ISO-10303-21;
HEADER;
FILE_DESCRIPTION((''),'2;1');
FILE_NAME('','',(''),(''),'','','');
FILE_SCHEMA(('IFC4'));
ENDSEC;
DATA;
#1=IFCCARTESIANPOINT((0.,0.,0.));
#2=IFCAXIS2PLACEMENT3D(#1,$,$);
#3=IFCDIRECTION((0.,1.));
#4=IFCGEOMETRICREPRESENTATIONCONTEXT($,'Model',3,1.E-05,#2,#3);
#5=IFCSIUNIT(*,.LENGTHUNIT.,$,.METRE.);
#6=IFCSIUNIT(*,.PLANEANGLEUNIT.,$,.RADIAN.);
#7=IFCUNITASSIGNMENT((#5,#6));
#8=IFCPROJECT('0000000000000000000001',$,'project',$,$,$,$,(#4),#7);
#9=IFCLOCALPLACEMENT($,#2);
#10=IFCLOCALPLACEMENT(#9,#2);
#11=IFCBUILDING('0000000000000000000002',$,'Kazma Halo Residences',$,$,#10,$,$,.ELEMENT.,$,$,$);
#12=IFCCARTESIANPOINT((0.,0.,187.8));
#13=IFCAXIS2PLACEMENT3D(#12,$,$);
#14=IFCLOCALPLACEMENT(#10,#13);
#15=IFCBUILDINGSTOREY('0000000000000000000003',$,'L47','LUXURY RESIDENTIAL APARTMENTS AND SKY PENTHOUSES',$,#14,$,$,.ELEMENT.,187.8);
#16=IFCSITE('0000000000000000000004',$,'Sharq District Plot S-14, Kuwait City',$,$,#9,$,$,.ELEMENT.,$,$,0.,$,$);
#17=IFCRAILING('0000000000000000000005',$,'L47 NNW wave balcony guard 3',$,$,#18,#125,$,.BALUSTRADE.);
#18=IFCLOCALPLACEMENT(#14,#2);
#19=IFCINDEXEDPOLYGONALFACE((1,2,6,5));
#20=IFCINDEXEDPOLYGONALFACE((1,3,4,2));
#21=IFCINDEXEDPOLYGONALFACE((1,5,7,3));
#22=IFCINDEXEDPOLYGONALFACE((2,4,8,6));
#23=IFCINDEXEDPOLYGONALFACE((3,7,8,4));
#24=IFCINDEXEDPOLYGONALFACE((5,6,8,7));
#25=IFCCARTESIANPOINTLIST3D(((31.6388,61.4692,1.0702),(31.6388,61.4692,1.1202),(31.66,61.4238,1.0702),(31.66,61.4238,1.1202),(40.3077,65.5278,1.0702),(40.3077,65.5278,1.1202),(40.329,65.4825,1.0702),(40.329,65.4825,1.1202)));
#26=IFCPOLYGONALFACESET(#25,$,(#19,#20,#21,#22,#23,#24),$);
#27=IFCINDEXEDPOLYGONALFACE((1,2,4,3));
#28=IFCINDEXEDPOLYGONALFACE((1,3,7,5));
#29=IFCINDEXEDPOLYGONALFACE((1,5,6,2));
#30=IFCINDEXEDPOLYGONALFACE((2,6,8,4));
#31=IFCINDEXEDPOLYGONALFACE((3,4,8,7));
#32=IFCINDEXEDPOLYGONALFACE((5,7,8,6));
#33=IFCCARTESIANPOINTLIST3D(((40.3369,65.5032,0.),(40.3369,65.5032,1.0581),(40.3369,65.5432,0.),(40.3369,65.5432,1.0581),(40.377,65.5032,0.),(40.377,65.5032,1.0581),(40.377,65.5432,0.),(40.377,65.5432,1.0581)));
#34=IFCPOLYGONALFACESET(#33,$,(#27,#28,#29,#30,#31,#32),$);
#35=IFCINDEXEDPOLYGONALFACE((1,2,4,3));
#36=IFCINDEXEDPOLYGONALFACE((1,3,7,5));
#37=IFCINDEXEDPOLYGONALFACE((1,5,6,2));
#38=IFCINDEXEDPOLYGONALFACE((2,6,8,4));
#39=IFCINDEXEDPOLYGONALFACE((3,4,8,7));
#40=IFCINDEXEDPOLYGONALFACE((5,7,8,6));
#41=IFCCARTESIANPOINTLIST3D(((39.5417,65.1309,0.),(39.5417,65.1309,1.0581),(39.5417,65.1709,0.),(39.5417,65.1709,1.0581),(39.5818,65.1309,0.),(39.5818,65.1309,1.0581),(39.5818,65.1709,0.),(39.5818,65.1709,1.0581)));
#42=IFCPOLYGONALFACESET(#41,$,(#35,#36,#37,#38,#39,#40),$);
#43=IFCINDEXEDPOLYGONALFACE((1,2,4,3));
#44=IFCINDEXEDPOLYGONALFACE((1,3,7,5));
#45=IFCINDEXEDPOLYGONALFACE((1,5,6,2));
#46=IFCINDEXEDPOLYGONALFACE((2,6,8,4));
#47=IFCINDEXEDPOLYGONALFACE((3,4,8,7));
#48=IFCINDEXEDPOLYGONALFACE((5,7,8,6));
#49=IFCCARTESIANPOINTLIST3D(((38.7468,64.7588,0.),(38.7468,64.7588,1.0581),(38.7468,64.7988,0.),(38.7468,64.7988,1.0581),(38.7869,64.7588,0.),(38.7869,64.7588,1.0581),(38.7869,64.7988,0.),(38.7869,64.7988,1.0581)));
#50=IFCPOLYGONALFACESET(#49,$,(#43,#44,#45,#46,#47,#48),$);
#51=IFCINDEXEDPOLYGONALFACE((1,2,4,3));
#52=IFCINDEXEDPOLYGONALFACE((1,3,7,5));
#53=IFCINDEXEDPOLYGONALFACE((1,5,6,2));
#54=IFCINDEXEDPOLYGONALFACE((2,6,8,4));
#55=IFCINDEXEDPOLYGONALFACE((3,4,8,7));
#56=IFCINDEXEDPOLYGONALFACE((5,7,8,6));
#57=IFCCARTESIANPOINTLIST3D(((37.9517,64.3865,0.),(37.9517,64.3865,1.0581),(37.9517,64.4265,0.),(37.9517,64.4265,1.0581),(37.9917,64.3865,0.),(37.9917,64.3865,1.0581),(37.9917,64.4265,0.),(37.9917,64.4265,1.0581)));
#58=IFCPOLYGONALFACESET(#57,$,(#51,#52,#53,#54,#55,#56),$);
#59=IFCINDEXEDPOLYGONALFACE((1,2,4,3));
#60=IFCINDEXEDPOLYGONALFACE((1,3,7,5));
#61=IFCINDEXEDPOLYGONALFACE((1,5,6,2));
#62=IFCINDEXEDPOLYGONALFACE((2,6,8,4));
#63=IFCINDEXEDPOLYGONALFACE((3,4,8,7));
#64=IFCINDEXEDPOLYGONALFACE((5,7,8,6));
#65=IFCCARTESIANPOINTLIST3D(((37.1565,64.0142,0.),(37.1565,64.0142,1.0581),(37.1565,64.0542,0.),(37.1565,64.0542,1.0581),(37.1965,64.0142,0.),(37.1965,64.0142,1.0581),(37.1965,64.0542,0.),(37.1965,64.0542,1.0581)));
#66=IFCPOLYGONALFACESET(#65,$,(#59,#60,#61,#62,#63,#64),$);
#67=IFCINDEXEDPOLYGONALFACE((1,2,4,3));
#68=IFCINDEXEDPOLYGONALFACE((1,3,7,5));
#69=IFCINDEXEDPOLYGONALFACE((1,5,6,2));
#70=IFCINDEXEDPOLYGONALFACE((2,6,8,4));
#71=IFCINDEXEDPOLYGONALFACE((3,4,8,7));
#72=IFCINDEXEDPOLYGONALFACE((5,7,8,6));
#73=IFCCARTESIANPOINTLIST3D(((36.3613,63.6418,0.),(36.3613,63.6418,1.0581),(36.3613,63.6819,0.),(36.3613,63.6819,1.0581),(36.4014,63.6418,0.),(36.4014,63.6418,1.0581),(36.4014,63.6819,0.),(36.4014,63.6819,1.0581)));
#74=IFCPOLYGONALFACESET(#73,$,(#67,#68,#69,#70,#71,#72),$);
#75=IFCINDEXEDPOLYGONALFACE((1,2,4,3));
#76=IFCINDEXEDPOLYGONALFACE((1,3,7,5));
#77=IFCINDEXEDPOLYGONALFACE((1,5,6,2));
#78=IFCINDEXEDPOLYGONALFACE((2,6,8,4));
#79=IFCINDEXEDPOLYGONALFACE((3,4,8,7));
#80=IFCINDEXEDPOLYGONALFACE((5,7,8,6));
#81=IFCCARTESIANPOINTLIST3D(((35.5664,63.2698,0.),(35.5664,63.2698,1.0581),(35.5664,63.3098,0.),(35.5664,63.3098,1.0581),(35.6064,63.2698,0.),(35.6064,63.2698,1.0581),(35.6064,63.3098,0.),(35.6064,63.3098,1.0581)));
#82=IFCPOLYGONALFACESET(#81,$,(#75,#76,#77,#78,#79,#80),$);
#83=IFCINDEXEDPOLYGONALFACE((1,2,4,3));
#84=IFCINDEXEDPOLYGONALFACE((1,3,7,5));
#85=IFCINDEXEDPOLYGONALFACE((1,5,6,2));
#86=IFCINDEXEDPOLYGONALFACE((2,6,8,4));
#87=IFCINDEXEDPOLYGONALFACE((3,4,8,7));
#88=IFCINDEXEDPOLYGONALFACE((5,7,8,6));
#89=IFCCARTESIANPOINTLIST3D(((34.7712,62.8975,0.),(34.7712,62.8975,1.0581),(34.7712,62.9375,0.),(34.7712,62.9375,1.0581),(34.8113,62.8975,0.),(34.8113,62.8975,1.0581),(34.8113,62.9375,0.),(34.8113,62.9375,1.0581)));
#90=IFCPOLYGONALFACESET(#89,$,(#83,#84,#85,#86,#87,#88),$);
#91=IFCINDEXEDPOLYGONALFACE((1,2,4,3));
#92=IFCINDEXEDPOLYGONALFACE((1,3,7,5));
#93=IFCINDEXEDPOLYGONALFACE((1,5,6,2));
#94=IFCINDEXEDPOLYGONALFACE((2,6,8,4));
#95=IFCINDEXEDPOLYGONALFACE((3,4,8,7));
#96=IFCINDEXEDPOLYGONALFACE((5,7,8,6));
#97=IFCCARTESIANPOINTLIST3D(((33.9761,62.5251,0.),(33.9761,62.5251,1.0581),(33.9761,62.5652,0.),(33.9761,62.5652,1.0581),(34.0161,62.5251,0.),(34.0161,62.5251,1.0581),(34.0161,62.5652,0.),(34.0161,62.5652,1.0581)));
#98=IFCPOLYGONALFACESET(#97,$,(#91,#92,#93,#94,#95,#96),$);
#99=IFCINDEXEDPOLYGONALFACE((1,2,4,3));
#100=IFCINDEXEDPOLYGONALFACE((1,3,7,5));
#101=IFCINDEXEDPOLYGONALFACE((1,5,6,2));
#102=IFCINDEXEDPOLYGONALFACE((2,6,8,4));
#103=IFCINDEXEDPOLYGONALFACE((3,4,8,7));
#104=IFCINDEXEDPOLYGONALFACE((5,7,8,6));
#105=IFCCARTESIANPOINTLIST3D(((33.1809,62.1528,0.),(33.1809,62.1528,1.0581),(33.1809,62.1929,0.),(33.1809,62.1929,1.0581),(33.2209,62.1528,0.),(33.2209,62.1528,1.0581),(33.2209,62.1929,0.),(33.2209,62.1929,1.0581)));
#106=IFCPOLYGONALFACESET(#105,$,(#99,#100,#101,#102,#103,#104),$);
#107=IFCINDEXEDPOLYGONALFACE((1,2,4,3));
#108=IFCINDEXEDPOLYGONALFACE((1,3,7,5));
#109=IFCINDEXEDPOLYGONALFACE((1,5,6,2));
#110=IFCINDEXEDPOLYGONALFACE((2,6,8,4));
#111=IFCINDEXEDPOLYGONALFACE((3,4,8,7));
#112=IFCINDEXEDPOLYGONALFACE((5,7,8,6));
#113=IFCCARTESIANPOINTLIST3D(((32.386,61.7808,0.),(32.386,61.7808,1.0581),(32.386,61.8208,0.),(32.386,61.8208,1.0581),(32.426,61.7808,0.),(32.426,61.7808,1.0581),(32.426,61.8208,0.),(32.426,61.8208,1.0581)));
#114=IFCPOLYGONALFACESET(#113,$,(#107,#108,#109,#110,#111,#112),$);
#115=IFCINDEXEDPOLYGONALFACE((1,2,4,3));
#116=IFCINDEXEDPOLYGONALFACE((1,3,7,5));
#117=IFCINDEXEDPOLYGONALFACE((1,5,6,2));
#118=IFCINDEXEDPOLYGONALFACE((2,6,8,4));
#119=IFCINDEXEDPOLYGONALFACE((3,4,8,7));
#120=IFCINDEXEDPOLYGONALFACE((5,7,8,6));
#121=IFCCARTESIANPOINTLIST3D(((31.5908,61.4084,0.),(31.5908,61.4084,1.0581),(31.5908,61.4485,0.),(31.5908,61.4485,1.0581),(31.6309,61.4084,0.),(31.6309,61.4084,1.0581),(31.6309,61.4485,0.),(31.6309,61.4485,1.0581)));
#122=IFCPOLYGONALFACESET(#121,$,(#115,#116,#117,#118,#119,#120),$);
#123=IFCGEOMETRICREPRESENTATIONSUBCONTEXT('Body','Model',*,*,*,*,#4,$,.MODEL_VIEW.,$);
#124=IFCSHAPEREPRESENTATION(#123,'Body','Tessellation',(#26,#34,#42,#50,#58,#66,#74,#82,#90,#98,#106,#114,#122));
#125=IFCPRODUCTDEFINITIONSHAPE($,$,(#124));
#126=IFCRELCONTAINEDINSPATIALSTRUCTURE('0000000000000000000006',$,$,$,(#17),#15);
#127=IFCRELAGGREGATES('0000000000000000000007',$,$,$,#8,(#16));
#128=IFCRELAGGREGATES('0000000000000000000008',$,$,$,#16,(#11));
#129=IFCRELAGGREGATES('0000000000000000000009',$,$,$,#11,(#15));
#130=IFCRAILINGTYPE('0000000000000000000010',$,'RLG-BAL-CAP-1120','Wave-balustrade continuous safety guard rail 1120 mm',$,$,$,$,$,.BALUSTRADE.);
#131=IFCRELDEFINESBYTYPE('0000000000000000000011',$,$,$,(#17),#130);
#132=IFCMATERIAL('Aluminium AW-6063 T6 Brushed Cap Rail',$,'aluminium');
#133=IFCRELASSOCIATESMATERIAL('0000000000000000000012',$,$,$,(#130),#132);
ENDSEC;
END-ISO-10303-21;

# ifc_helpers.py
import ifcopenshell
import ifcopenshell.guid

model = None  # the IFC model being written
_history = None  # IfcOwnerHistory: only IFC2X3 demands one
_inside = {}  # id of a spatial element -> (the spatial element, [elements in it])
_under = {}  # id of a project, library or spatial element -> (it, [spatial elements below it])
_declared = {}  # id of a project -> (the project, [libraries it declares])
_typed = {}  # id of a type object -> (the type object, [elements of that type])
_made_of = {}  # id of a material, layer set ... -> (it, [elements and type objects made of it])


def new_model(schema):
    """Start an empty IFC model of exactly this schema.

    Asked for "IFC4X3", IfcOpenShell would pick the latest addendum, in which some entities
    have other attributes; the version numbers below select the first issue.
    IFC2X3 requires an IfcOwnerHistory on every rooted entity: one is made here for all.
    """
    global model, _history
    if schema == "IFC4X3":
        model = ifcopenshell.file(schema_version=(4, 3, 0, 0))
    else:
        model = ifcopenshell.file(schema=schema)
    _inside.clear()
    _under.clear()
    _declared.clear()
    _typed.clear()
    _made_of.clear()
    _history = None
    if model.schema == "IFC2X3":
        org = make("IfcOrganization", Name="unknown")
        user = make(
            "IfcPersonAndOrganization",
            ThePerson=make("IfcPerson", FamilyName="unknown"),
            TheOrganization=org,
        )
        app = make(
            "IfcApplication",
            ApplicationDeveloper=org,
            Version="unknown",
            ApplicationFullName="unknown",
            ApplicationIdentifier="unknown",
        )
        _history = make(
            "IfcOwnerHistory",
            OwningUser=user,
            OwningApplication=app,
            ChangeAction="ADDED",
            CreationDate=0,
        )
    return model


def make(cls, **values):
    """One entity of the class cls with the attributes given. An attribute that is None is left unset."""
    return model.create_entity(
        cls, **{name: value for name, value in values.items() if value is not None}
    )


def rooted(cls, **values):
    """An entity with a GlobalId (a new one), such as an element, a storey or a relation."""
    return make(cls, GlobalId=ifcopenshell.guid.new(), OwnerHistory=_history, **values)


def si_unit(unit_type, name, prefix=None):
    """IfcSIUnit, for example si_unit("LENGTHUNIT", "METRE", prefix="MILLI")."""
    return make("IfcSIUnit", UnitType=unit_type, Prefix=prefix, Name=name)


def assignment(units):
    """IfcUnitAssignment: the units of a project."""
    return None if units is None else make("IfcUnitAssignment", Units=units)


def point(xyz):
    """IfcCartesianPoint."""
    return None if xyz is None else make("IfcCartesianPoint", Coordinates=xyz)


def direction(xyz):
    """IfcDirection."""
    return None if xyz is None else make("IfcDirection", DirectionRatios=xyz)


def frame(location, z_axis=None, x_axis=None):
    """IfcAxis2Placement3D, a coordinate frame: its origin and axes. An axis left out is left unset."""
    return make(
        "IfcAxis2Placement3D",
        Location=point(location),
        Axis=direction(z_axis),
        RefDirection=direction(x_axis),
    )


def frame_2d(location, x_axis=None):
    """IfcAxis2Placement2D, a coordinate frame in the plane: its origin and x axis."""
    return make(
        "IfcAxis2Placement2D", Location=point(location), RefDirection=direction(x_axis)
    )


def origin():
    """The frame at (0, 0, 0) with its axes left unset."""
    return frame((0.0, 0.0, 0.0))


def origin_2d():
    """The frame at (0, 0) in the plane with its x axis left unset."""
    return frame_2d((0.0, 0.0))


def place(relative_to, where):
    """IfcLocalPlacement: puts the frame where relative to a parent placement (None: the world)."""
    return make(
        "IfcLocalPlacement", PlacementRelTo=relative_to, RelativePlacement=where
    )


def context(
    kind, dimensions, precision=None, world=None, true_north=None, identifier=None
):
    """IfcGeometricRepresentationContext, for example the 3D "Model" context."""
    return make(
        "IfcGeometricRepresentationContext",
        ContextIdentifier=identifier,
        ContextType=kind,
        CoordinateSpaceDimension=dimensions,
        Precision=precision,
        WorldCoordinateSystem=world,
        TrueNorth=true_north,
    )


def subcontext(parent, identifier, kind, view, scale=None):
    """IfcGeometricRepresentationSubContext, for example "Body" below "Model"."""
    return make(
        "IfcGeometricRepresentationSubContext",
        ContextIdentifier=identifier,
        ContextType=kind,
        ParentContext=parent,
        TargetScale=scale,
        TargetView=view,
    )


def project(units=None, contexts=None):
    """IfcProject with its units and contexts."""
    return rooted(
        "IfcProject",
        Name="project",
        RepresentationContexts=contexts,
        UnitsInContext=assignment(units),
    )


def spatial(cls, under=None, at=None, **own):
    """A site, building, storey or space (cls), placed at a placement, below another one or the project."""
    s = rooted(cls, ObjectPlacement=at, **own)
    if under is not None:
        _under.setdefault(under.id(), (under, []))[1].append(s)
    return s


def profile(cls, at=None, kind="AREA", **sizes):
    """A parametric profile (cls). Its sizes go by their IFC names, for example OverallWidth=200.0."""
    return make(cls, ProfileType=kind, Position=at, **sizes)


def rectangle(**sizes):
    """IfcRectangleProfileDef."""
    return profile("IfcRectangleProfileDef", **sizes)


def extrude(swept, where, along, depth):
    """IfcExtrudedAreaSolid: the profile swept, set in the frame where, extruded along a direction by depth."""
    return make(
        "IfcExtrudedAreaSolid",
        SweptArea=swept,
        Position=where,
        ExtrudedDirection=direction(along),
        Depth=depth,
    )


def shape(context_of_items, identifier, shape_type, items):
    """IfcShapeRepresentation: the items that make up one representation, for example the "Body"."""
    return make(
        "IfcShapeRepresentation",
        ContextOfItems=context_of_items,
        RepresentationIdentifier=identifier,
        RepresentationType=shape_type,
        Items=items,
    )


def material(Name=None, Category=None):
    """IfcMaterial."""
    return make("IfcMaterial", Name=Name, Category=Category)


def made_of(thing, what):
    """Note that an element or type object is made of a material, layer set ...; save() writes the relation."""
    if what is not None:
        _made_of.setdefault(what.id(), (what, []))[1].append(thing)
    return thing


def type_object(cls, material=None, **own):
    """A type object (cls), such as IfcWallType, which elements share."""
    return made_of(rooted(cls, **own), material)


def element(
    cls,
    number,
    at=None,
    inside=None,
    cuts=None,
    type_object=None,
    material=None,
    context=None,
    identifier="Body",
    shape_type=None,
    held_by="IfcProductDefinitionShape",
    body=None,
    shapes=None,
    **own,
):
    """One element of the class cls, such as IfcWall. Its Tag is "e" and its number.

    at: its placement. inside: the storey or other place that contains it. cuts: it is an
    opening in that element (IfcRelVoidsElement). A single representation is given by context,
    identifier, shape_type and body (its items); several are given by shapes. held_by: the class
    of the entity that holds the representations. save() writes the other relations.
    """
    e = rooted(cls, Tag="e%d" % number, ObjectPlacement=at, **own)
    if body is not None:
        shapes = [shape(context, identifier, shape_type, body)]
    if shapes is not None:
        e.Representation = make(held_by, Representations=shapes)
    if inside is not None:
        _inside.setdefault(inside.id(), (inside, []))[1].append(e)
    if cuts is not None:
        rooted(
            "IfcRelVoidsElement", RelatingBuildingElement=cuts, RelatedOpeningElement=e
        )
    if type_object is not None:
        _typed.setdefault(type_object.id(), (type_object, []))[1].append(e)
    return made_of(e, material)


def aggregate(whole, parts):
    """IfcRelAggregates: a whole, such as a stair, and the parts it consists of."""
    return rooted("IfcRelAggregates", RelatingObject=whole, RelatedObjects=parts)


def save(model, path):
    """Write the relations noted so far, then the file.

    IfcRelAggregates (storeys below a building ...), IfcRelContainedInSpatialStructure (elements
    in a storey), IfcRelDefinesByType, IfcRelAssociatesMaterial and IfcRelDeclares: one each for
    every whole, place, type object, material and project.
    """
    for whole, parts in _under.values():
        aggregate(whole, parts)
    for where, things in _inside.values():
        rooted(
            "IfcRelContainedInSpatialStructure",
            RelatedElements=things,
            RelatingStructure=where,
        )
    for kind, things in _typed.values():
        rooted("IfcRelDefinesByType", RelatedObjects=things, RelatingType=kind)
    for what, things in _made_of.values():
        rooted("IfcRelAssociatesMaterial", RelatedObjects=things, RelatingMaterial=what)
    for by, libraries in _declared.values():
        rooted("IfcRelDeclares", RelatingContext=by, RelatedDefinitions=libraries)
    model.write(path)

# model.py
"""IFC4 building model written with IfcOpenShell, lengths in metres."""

from ifc_helpers import new_model, si_unit, direction, frame, origin, origin_2d, place, context, subcontext, project, spatial, rectangle, extrude, material, type_object, element, save


model = new_model("IFC4")

# Units and contexts
model_context = context("Model", 3, precision=1e-05, world=origin(), true_north=direction((0.0, 1.0)))
body_context = subcontext(model_context, "Body", "Model", "MODEL_VIEW")
ifc_project = project(units=[si_unit("LENGTHUNIT", "METRE"), si_unit("PLANEANGLEUNIT", "RADIAN")], contexts=[model_context])

# Site, building, storey
site_placement = place(None, origin())
site = spatial("IfcSite", under=ifc_project, at=site_placement, Name="Sharq District Plot S-14, Kuwait City", CompositionType="ELEMENT", RefElevation=0.0)
building_placement = place(site_placement, origin())
building = spatial("IfcBuilding", under=site, at=building_placement, Name="Kazma Halo Residences", CompositionType="ELEMENT")
storey_placement = place(building_placement, frame((0.0, 0.0, 187.8)))
storey = spatial("IfcBuildingStorey", under=building, at=storey_placement, Name="L47", Description="LUXURY RESIDENTIAL APARTMENTS AND SKY PENTHOUSES", CompositionType="ELEMENT", Elevation=187.8)

# Railing
ifc_material_1 = material(Name="Aluminium AW-6063 T6 Brushed Cap Rail", Category="aluminium")
railing_type = type_object("IfcRailingType", Name="RLG-BAL-CAP-1120", Description="Wave-balustrade continuous safety guard rail 1120 mm", PredefinedType="BALUSTRADE", material=ifc_material_1)
railing_placement = place(storey_placement, frame((40.3569, 65.5232, 0.0)))
element("IfcRailing", 1, at=railing_placement, inside=storey, type_object=railing_type, Name="L47 NNW wave balcony guard 3", PredefinedType="BALUSTRADE", context=body_context, shape_type="SweptSolid", body=[
    extrude(rectangle(XDim=0.05, YDim=0.05, at=origin_2d()), frame((-0.0386, -0.0181, 1.0952), z_axis=(-0.905658, -0.424009, 0.0), x_axis=(0.424009, -0.905658, 0.0)), (0.0, 0.0, 1.0), 9.572),
    extrude(rectangle(XDim=0.04, YDim=0.04, at=origin_2d()), origin(), (0.0, 0.0, 1.0), 1.0581),
    extrude(rectangle(XDim=0.04, YDim=0.04, at=origin_2d()), frame((-0.7952, -0.3723, 0.0)), (0.0, 0.0, 1.0), 1.0581),
    extrude(rectangle(XDim=0.04, YDim=0.04, at=origin_2d()), frame((-1.5901, -0.7444, 0.0)), (0.0, 0.0, 1.0), 1.0581),
    extrude(rectangle(XDim=0.04, YDim=0.04, at=origin_2d()), frame((-2.3853, -1.1167, 0.0)), (0.0, 0.0, 1.0), 1.0581),
    extrude(rectangle(XDim=0.04, YDim=0.04, at=origin_2d()), frame((-3.1804, -1.489, 0.0)), (0.0, 0.0, 1.0), 1.0581),
    extrude(rectangle(XDim=0.04, YDim=0.04, at=origin_2d()), frame((-3.9756, -1.8613, 0.0)), (0.0, 0.0, 1.0), 1.0581),
    extrude(rectangle(XDim=0.04, YDim=0.04, at=origin_2d()), frame((-4.7705, -2.2334, 0.0)), (0.0, 0.0, 1.0), 1.0581),
    extrude(rectangle(XDim=0.04, YDim=0.04, at=origin_2d()), frame((-5.5657, -2.6057, 0.0)), (0.0, 0.0, 1.0), 1.0581),
    extrude(rectangle(XDim=0.04, YDim=0.04, at=origin_2d()), frame((-6.3608, -2.978, 0.0)), (0.0, 0.0, 1.0), 1.0581),
    extrude(rectangle(XDim=0.04, YDim=0.04, at=origin_2d()), frame((-7.156, -3.3503, 0.0)), (0.0, 0.0, 1.0), 1.0581),
    extrude(rectangle(XDim=0.04, YDim=0.04, at=origin_2d()), frame((-7.9509, -3.7224, 0.0)), (0.0, 0.0, 1.0), 1.0581),
    extrude(rectangle(XDim=0.04, YDim=0.04, at=origin_2d()), frame((-8.7461, -4.0947, 0.0)), (0.0, 0.0, 1.0), 1.0581),
])

save(model, "model.ifc")
